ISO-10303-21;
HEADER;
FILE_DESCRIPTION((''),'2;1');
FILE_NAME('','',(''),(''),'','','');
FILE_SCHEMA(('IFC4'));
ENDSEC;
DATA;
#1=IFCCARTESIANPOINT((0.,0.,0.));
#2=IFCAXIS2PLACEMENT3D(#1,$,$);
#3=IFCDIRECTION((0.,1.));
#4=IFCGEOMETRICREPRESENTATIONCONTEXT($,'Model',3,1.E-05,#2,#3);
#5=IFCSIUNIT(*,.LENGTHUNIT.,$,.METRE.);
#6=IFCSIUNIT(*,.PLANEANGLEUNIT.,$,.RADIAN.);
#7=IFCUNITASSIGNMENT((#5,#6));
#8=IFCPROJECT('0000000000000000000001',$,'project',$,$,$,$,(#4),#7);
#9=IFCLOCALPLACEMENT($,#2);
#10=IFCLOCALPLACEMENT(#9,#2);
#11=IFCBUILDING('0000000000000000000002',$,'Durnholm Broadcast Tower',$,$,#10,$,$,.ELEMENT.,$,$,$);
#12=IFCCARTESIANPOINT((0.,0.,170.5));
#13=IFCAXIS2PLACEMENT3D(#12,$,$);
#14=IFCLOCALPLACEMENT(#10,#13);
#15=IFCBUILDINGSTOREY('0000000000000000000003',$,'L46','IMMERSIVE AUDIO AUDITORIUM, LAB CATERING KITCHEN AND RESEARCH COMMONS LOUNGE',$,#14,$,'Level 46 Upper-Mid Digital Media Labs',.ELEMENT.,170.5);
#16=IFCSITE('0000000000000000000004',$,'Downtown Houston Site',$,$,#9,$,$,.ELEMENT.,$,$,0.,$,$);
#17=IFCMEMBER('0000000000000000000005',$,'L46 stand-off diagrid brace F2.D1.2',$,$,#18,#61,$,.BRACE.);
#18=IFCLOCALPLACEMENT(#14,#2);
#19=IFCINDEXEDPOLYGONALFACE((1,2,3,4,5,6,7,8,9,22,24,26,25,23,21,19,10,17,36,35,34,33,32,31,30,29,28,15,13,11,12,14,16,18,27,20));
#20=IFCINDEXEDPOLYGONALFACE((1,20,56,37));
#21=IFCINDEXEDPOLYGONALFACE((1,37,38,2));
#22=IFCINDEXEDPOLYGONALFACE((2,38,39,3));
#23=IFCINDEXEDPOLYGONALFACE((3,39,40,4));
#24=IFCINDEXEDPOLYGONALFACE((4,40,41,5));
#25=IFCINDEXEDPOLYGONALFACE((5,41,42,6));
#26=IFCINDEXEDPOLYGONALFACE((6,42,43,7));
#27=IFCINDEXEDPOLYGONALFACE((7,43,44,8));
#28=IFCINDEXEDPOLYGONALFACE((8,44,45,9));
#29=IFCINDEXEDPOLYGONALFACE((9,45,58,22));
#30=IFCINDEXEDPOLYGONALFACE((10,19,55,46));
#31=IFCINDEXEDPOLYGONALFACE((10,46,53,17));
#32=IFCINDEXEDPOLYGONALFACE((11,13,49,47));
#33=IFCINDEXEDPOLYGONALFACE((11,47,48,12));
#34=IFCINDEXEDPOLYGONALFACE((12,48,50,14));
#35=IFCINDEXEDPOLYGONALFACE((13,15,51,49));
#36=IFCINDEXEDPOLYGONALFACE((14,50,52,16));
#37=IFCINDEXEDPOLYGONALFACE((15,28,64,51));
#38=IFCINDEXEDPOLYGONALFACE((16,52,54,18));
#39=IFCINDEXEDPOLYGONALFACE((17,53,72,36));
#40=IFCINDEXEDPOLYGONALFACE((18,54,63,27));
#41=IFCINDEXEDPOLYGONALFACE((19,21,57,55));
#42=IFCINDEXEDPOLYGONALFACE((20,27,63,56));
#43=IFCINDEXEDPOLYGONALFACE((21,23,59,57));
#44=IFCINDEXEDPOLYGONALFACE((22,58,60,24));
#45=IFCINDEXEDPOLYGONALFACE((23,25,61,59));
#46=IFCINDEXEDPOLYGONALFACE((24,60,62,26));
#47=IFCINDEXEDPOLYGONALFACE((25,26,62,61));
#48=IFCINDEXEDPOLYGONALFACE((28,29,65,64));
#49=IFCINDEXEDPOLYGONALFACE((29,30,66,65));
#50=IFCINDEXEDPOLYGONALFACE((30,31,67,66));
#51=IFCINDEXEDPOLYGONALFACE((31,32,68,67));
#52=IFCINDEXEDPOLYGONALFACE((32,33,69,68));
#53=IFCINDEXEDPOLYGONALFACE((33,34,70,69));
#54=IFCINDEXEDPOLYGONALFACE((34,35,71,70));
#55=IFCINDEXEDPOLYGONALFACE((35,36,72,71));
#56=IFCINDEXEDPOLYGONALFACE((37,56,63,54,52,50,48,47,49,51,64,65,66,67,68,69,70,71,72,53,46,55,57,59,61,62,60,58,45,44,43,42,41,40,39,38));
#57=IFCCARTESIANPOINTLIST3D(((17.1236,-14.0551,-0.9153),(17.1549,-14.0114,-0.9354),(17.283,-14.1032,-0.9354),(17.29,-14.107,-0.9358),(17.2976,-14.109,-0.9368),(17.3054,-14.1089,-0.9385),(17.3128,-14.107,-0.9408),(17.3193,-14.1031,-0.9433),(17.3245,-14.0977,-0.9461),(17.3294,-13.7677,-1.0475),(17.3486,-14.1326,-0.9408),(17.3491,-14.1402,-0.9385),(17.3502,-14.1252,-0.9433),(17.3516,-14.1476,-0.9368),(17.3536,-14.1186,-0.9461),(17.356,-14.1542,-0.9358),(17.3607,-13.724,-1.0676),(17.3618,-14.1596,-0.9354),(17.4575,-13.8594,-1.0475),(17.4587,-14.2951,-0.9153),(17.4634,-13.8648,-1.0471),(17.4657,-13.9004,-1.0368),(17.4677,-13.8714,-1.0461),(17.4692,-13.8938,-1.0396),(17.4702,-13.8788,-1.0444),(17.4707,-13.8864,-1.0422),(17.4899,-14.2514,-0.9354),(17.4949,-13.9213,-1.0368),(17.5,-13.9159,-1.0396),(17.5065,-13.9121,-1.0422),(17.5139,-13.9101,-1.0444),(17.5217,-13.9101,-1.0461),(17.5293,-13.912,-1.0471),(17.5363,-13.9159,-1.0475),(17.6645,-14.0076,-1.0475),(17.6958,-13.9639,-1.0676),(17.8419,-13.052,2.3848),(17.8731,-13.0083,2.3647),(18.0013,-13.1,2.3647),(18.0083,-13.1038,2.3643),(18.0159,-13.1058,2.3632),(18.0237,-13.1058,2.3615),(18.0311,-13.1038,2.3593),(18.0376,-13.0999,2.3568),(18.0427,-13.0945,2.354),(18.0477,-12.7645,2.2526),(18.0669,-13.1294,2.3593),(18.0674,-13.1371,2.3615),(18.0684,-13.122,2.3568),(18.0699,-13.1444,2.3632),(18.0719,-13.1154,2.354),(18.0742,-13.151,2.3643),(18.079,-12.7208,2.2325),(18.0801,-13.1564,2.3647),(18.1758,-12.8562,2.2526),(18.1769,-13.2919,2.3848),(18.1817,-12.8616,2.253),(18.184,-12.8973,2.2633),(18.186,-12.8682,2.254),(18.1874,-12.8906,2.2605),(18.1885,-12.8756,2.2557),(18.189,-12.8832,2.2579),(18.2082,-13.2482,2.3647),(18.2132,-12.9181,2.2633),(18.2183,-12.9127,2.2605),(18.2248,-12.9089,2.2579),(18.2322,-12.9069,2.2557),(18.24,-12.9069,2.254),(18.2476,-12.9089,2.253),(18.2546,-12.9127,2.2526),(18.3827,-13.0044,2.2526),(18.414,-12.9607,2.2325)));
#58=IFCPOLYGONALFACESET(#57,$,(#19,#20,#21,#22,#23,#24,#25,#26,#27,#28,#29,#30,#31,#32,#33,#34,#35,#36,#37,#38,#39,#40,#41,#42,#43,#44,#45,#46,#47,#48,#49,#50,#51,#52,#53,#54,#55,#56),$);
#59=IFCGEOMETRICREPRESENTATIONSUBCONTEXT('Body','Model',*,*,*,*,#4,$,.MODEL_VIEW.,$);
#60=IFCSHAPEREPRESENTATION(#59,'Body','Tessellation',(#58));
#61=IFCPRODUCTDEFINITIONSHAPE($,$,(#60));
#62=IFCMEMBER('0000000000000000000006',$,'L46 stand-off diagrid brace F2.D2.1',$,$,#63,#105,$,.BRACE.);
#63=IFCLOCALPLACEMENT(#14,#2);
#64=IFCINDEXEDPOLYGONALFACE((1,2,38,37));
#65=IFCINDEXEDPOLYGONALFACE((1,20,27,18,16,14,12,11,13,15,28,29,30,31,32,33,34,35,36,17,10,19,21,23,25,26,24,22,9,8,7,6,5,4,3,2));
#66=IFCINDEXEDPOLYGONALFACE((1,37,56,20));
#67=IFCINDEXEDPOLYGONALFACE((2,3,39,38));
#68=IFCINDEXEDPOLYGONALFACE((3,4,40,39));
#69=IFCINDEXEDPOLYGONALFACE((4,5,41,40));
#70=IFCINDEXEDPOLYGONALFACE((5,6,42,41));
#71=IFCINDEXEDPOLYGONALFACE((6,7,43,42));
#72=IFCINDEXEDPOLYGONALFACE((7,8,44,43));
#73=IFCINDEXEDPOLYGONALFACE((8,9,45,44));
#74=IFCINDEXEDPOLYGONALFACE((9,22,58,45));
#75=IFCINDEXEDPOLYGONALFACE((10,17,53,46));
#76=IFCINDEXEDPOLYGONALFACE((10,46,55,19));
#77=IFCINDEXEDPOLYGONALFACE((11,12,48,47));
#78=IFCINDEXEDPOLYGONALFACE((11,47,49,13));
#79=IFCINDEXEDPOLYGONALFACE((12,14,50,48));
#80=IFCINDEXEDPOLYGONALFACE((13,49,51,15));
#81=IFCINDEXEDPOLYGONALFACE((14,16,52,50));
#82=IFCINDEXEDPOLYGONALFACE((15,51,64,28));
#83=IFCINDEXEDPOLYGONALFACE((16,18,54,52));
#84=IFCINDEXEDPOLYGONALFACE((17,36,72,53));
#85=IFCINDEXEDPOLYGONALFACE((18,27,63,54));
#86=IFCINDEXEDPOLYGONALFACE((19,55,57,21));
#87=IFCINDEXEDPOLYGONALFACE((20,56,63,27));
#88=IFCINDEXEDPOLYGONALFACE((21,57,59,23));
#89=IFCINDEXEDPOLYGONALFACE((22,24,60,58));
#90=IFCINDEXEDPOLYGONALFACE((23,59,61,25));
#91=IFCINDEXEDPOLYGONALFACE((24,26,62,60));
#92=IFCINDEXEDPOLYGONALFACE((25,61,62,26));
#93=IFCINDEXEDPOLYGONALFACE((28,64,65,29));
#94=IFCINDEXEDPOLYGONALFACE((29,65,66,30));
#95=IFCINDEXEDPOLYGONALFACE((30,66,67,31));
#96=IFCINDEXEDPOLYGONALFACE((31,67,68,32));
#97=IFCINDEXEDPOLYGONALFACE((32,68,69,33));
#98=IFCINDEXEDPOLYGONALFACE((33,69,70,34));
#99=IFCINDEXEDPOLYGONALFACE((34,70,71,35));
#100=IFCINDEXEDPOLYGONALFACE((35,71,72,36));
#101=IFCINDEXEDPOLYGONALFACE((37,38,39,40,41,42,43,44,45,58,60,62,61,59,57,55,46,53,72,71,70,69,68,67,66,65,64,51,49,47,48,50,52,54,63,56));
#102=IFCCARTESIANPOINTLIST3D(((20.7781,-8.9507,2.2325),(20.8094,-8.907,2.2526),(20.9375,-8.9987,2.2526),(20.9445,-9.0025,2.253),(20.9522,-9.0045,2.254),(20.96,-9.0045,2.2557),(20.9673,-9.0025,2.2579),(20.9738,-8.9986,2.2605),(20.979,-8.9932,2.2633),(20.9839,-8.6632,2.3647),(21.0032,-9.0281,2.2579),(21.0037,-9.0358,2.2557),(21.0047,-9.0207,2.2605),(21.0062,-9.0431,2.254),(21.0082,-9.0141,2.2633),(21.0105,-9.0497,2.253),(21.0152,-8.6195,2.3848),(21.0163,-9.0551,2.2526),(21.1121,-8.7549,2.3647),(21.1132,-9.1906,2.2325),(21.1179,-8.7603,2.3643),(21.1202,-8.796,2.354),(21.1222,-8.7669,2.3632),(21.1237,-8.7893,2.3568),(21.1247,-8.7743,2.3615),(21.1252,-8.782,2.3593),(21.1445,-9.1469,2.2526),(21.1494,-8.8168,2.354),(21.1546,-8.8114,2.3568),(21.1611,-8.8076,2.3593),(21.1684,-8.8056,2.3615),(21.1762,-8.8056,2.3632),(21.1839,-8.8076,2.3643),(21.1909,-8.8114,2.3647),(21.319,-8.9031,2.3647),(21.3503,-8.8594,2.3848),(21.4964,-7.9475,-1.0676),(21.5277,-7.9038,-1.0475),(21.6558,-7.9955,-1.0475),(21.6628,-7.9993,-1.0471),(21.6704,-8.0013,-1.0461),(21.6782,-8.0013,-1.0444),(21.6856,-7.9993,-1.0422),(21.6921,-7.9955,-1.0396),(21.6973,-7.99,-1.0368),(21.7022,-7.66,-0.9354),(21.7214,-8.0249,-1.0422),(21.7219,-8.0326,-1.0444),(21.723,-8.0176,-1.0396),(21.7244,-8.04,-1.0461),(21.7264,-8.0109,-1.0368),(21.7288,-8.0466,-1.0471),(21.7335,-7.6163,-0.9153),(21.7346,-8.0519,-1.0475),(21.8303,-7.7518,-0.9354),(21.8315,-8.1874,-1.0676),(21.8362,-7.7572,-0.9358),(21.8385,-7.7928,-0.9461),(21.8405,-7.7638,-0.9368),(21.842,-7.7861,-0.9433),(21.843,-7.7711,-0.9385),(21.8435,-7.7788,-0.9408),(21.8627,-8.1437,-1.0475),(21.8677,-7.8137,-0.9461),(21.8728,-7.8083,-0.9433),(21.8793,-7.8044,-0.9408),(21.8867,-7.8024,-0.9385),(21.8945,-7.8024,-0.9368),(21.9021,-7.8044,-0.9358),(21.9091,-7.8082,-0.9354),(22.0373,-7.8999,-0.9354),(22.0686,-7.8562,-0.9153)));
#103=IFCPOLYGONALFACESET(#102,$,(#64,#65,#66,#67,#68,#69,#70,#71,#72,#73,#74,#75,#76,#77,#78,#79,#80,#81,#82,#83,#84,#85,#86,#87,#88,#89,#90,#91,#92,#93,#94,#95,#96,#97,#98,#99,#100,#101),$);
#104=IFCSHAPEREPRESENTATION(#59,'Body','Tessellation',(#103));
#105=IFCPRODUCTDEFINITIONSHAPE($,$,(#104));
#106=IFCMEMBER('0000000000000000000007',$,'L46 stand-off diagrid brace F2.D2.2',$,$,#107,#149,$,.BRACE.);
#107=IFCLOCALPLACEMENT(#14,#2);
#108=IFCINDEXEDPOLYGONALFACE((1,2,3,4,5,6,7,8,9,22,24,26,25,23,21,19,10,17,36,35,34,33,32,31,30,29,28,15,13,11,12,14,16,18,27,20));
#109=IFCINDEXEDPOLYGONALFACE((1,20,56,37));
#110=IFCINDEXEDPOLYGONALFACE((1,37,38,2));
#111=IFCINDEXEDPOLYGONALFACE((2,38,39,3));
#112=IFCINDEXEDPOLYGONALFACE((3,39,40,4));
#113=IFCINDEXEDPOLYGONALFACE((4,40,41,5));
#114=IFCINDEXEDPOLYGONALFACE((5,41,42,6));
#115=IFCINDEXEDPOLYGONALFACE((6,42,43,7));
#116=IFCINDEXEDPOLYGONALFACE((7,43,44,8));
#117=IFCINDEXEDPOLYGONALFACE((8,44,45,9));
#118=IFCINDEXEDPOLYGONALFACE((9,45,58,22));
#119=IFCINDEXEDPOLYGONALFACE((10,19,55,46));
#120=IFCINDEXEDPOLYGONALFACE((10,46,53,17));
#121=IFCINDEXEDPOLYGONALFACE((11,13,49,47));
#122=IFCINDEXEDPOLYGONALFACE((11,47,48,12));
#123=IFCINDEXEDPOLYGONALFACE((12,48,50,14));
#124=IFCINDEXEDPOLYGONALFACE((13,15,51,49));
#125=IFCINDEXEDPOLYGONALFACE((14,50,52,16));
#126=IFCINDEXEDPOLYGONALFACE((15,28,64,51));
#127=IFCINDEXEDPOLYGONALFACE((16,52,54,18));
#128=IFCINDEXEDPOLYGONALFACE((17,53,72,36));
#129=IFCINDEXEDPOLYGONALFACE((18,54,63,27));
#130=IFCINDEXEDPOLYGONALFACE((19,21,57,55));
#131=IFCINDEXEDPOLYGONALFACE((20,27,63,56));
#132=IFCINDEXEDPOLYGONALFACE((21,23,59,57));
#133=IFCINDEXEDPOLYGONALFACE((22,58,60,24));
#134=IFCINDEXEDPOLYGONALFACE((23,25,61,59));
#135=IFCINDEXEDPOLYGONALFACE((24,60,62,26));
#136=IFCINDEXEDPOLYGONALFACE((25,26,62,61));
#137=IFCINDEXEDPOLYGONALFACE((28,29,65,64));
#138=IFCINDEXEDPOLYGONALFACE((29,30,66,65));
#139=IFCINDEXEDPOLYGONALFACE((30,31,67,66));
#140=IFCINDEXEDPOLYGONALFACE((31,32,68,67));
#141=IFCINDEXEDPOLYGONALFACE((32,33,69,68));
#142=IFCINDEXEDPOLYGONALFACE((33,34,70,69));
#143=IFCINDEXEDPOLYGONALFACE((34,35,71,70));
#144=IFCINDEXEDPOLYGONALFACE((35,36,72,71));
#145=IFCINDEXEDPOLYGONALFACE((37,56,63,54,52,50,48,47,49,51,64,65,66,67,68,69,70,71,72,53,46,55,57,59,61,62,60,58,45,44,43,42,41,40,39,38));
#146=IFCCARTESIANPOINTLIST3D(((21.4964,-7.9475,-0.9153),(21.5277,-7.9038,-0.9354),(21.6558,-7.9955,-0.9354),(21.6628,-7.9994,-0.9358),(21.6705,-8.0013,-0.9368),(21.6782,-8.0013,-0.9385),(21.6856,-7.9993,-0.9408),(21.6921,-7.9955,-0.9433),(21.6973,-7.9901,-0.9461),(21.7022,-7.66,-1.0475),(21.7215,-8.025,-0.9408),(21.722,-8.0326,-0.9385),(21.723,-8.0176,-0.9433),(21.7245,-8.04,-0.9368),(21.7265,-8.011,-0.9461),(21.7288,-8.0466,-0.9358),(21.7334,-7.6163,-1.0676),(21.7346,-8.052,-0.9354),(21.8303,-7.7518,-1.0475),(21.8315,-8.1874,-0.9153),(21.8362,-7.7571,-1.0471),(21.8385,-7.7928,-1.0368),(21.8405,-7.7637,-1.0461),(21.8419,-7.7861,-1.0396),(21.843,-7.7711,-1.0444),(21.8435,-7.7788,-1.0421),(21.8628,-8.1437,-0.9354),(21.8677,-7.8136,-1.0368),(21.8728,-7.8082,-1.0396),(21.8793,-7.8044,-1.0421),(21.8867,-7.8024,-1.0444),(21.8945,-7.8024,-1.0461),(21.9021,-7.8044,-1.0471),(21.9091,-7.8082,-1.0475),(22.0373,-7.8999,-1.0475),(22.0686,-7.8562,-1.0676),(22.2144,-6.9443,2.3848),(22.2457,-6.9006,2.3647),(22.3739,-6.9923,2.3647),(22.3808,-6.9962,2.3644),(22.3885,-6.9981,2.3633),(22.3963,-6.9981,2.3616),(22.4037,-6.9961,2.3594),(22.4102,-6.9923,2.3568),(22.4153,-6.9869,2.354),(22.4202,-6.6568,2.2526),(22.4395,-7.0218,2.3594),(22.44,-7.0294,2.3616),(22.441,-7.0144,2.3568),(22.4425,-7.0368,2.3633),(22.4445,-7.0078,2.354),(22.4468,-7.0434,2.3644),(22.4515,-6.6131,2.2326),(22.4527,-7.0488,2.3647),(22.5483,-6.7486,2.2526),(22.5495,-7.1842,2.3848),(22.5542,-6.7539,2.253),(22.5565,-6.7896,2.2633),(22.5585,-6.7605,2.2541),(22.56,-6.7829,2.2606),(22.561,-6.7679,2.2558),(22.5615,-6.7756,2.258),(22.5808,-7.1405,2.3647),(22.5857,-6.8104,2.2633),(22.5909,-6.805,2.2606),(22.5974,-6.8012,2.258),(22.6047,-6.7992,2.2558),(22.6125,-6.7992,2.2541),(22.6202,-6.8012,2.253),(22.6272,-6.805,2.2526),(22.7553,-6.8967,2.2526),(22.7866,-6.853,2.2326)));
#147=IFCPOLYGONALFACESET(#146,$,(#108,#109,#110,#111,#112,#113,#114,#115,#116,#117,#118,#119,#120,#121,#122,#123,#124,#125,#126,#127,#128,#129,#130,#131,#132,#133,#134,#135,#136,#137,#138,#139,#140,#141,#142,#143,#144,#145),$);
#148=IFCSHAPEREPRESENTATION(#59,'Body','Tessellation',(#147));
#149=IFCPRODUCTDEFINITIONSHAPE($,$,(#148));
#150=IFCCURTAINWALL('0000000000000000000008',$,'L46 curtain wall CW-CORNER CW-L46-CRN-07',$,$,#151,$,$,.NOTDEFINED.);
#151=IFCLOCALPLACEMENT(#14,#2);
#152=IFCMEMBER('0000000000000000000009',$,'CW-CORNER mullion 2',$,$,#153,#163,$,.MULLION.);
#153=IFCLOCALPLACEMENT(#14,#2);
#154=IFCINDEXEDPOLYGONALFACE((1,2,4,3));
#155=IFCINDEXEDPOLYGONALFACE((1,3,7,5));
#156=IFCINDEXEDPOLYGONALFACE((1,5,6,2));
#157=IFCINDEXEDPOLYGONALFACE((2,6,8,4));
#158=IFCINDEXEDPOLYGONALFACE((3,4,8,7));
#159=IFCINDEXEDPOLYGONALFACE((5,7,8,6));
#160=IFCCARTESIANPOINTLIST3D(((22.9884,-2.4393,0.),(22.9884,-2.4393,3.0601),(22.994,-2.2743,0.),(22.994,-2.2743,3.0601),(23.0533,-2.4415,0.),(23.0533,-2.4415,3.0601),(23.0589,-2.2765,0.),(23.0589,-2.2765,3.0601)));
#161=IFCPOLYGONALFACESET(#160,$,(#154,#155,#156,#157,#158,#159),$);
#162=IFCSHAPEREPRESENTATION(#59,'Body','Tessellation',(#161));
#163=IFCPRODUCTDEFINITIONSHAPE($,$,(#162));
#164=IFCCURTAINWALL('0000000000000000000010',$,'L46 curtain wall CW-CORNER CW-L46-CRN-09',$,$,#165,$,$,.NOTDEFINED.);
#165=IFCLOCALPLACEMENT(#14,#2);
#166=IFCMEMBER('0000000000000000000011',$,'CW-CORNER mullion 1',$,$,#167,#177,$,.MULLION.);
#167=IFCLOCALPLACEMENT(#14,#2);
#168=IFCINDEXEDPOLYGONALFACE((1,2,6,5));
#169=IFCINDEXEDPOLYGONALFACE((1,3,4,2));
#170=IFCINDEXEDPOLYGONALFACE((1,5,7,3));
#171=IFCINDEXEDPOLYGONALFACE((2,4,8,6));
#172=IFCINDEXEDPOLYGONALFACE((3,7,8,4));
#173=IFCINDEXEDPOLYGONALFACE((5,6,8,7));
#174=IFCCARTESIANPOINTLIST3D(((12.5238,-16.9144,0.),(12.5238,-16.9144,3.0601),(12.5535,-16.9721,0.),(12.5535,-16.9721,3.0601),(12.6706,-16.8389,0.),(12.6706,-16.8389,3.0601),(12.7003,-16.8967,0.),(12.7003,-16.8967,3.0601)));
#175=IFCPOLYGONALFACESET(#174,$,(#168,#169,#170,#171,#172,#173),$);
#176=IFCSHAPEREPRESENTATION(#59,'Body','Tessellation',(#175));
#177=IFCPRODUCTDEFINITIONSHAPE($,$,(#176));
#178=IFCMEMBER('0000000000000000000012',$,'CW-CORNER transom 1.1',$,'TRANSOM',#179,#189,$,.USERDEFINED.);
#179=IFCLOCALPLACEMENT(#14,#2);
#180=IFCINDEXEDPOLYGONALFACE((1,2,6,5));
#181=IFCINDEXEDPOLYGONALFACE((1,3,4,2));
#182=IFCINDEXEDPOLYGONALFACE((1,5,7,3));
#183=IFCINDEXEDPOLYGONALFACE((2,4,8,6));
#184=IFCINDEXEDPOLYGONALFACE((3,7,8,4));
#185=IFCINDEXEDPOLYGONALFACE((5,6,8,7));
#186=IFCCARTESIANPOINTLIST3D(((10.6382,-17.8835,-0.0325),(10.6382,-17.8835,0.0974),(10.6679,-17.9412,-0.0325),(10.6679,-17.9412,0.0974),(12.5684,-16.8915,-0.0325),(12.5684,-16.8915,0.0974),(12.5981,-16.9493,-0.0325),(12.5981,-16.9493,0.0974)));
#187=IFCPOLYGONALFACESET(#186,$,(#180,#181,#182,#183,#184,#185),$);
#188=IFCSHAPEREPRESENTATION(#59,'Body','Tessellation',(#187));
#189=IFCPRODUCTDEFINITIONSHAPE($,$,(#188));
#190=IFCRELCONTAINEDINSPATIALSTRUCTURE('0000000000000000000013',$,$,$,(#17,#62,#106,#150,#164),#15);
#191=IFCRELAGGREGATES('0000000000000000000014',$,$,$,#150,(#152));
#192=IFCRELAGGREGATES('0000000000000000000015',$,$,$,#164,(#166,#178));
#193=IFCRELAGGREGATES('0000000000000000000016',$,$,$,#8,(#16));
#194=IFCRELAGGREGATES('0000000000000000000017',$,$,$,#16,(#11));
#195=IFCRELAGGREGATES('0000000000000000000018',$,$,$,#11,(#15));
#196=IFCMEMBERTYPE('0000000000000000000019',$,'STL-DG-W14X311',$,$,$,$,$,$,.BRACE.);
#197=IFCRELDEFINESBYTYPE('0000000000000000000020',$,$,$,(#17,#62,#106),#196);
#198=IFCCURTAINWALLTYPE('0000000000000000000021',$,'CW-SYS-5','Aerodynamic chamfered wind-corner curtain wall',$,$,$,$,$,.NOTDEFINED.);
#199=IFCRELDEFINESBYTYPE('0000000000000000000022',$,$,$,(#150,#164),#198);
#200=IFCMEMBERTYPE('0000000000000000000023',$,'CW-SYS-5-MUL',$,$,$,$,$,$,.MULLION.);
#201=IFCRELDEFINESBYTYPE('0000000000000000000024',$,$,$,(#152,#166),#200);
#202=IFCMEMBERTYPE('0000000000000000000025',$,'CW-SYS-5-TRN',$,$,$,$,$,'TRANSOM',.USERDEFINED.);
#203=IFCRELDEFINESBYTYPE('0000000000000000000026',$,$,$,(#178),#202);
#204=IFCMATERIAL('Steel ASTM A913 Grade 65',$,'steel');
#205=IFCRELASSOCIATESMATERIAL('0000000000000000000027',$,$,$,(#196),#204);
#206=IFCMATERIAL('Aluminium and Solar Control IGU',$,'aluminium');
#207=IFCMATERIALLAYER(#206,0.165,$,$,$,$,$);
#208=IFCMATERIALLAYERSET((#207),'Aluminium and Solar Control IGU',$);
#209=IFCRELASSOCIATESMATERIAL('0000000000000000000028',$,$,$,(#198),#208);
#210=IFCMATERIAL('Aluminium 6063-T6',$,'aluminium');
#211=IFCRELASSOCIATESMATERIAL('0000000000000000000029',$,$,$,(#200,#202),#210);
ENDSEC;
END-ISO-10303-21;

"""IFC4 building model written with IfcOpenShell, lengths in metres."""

from ifc_helpers import new_model, si_unit, direction, frame, origin, origin_2d, place, context, subcontext, project, spatial, rectangle, i_section, extrude, source, transform, mapped, material, layer, layer_set, material_profile, profile_set, type_object, type_shapes, element, aggregate, save


model = new_model("IFC4")

# Units and contexts
model_context = context("Model", 3, precision=1e-05, world=origin(), true_north=direction((0.0, 1.0)))
body_context = subcontext(model_context, "Body", "Model", "MODEL_VIEW")
ifc_project = project(units=[si_unit("LENGTHUNIT", "METRE"), si_unit("PLANEANGLEUNIT", "RADIAN")], contexts=[model_context])

# Site, building, storey
site_placement = place(None, origin())
site = spatial("IfcSite", under=ifc_project, at=site_placement, Name="Downtown Houston Site", CompositionType="ELEMENT", RefElevation=0.0)
building_placement = place(site_placement, origin())
building = spatial("IfcBuilding", under=site, at=building_placement, Name="Durnholm Broadcast Tower", CompositionType="ELEMENT")
storey_placement = place(building_placement, frame((0.0, 0.0, 170.5)))
storey = spatial("IfcBuildingStorey", under=building, at=storey_placement, Name="L46", Description="IMMERSIVE AUDIO AUDITORIUM, LAB CATERING KITCHEN AND RESEARCH COMMONS LOUNGE", LongName="Level 46 Upper-Mid Digital Media Labs", CompositionType="ELEMENT", Elevation=170.5)

# Members
ifc_material_1 = material(Name="Steel ASTM A913 Grade 65", Category="steel")
ifc_material_profile_1 = material_profile(ifc_material_1, i_section(OverallWidth=0.4121, OverallDepth=0.4348, WebThickness=0.0359, FlangeThickness=0.0574, FilletRadius=0.0305, at=origin_2d()), Name="W14X311")
ifc_profile_set_1 = profile_set([ifc_material_profile_1], Name="Steel ASTM A913 Grade 65")
member_type_1 = type_object("IfcMemberType", Name="STL-DG-W14X311", PredefinedType="BRACE", material=ifc_profile_set_1)
shared_shape_1 = source(origin(), body_context, "Body", "SweptSolid", [
    extrude(i_section(OverallWidth=0.4121, OverallDepth=0.4348, WebThickness=0.0359, FlangeThickness=0.0574, FilletRadius=0.0305, at=origin_2d()), origin(), (0.0, 0.0, 1.0), 3.5232),
])
type_shapes(member_type_1, [shared_shape_1])
for number, where, z_axis, x_axis, name in (
    (1, (17.4097, -14.0095, -0.9915), (0.203869, 0.284738, 0.936676), (-0.813078, 0.582155, 0.0), "L46 stand-off diagrid brace F2.D1.2"),
    (2, (21.7825, -7.9019, -0.9915), (-0.203869, -0.284738, 0.936676), (0.813078, -0.582155, 0.0), "L46 stand-off diagrid brace F2.D2.1"),
    (3, (21.7825, -7.9019, -0.9915), (0.203803, 0.284742, 0.936689), (-0.813171, 0.582024, 0.0), "L46 stand-off diagrid brace F2.D2.2"),
):
    element("IfcMember", number, at=place(storey_placement, frame(where, z_axis=z_axis, x_axis=x_axis)), inside=storey, type_object=member_type_1, Name=name, PredefinedType="BRACE", context=body_context, shape_type="MappedRepresentation", body=[
        mapped(shared_shape_1, transform((0.0, 0.0, 0.0), x_axis=(1.0, 0.0, 0.0), y_axis=(0.0, 1.0, 0.0), z_axis=(0.0, 0.0, 1.0), scale=1.0)),
    ])

# Curtain wall, member
ifc_material_2 = material(Name="Aluminium and Solar Control IGU", Category="aluminium")
ifc_layer_1 = layer(ifc_material_2, 0.165)
ifc_layer_set_1 = layer_set([ifc_layer_1], Name="Aluminium and Solar Control IGU")
curtain_wall_type_1 = type_object("IfcCurtainWallType", Name="CW-SYS-5", Description="Aerodynamic chamfered wind-corner curtain wall", PredefinedType="NOTDEFINED", material=ifc_layer_set_1)
curtain_wall_1_placement = place(storey_placement, origin())
curtain_wall_1 = element("IfcCurtainWall", 4, at=curtain_wall_1_placement, inside=storey, type_object=curtain_wall_type_1, Name="L46 curtain wall CW-CORNER CW-L46-CRN-07", PredefinedType="NOTDEFINED")
ifc_material_3 = material(Name="Aluminium 6063-T6", Category="aluminium")
ifc_material_profile_2 = material_profile(ifc_material_3, rectangle(XDim=0.0649, YDim=0.165, at=origin_2d()), Name="CWM65X165")
ifc_profile_set_2 = profile_set([ifc_material_profile_2], Name="Aluminium 6063-T6")
member_type_2 = type_object("IfcMemberType", Name="CW-SYS-5-MUL", PredefinedType="MULLION", material=ifc_profile_set_2)
shared_shape_2 = source(origin(), body_context, "Body", "SweptSolid", [
    extrude(rectangle(XDim=0.0649, YDim=0.165, at=origin_2d()), origin(), (0.0, 0.0, 1.0), 3.0601),
])
type_shapes(member_type_2, [shared_shape_2])
member_1_placement = place(storey_placement, frame((23.0237, -2.3579, 0.0), z_axis=(0.0, 0.0, 1.0), x_axis=(0.999425, -0.033913, 0.0)))
member_1 = element("IfcMember", 5, at=member_1_placement, type_object=member_type_2, Name="CW-CORNER mullion 2", PredefinedType="MULLION", context=body_context, shape_type="MappedRepresentation", body=[
    mapped(shared_shape_2, transform((0.0, 0.0, 0.0), x_axis=(1.0, 0.0, 0.0), y_axis=(0.0, 1.0, 0.0), z_axis=(0.0, 0.0, 1.0), scale=1.0)),
])
aggregate(curtain_wall_1, [member_1])

# Curtain wall, members
curtain_wall_2_placement = place(storey_placement, origin())
curtain_wall_2 = element("IfcCurtainWall", 6, at=curtain_wall_2_placement, inside=storey, type_object=curtain_wall_type_1, Name="L46 curtain wall CW-CORNER CW-L46-CRN-09", PredefinedType="NOTDEFINED")
member_2_placement = place(storey_placement, frame((12.6121, -16.9055, 0.0), z_axis=(0.0, 0.0, 1.0), x_axis=(0.457082, -0.889425, 0.0)))
member_2 = element("IfcMember", 7, at=member_2_placement, type_object=member_type_2, Name="CW-CORNER mullion 1", PredefinedType="MULLION", context=body_context, shape_type="MappedRepresentation", body=[
    mapped(shared_shape_2, transform((0.0, 0.0, 0.0), x_axis=(1.0, 0.0, 0.0), y_axis=(0.0, 1.0, 0.0), z_axis=(0.0, 0.0, 1.0), scale=1.0)),
])
ifc_material_profile_3 = material_profile(ifc_material_3, rectangle(XDim=0.0649, YDim=0.1299, at=origin_2d()), Name="CWT65X130")
ifc_profile_set_3 = profile_set([ifc_material_profile_3], Name="Aluminium 6063-T6")
member_type_3 = type_object("IfcMemberType", Name="CW-SYS-5-TRN", ElementType="TRANSOM", PredefinedType="USERDEFINED", material=ifc_profile_set_3)
shared_shape_3 = source(origin(), body_context, "Body", "SweptSolid", [
    extrude(rectangle(XDim=0.0649, YDim=0.1299, at=origin_2d()), origin(), (0.0, 0.0, 1.0), 2.1702),
])
type_shapes(member_type_3, [shared_shape_3])
member_3_placement = place(storey_placement, frame((12.5833, -16.9204, 0.0325), z_axis=(-0.889422, -0.457086, 0.0), x_axis=(0.457086, -0.889422, 0.0)))
member_3 = element("IfcMember", 8, at=member_3_placement, type_object=member_type_3, Name="CW-CORNER transom 1.1", ObjectType="TRANSOM", PredefinedType="USERDEFINED", context=body_context, shape_type="MappedRepresentation", body=[
    mapped(shared_shape_3, transform((0.0, 0.0, 0.0), x_axis=(1.0, 0.0, 0.0), y_axis=(0.0, 1.0, 0.0), z_axis=(0.0, 0.0, 1.0), scale=1.0)),
])

aggregate(curtain_wall_2, [member_2, member_3])

save(model, "model.ifc")
